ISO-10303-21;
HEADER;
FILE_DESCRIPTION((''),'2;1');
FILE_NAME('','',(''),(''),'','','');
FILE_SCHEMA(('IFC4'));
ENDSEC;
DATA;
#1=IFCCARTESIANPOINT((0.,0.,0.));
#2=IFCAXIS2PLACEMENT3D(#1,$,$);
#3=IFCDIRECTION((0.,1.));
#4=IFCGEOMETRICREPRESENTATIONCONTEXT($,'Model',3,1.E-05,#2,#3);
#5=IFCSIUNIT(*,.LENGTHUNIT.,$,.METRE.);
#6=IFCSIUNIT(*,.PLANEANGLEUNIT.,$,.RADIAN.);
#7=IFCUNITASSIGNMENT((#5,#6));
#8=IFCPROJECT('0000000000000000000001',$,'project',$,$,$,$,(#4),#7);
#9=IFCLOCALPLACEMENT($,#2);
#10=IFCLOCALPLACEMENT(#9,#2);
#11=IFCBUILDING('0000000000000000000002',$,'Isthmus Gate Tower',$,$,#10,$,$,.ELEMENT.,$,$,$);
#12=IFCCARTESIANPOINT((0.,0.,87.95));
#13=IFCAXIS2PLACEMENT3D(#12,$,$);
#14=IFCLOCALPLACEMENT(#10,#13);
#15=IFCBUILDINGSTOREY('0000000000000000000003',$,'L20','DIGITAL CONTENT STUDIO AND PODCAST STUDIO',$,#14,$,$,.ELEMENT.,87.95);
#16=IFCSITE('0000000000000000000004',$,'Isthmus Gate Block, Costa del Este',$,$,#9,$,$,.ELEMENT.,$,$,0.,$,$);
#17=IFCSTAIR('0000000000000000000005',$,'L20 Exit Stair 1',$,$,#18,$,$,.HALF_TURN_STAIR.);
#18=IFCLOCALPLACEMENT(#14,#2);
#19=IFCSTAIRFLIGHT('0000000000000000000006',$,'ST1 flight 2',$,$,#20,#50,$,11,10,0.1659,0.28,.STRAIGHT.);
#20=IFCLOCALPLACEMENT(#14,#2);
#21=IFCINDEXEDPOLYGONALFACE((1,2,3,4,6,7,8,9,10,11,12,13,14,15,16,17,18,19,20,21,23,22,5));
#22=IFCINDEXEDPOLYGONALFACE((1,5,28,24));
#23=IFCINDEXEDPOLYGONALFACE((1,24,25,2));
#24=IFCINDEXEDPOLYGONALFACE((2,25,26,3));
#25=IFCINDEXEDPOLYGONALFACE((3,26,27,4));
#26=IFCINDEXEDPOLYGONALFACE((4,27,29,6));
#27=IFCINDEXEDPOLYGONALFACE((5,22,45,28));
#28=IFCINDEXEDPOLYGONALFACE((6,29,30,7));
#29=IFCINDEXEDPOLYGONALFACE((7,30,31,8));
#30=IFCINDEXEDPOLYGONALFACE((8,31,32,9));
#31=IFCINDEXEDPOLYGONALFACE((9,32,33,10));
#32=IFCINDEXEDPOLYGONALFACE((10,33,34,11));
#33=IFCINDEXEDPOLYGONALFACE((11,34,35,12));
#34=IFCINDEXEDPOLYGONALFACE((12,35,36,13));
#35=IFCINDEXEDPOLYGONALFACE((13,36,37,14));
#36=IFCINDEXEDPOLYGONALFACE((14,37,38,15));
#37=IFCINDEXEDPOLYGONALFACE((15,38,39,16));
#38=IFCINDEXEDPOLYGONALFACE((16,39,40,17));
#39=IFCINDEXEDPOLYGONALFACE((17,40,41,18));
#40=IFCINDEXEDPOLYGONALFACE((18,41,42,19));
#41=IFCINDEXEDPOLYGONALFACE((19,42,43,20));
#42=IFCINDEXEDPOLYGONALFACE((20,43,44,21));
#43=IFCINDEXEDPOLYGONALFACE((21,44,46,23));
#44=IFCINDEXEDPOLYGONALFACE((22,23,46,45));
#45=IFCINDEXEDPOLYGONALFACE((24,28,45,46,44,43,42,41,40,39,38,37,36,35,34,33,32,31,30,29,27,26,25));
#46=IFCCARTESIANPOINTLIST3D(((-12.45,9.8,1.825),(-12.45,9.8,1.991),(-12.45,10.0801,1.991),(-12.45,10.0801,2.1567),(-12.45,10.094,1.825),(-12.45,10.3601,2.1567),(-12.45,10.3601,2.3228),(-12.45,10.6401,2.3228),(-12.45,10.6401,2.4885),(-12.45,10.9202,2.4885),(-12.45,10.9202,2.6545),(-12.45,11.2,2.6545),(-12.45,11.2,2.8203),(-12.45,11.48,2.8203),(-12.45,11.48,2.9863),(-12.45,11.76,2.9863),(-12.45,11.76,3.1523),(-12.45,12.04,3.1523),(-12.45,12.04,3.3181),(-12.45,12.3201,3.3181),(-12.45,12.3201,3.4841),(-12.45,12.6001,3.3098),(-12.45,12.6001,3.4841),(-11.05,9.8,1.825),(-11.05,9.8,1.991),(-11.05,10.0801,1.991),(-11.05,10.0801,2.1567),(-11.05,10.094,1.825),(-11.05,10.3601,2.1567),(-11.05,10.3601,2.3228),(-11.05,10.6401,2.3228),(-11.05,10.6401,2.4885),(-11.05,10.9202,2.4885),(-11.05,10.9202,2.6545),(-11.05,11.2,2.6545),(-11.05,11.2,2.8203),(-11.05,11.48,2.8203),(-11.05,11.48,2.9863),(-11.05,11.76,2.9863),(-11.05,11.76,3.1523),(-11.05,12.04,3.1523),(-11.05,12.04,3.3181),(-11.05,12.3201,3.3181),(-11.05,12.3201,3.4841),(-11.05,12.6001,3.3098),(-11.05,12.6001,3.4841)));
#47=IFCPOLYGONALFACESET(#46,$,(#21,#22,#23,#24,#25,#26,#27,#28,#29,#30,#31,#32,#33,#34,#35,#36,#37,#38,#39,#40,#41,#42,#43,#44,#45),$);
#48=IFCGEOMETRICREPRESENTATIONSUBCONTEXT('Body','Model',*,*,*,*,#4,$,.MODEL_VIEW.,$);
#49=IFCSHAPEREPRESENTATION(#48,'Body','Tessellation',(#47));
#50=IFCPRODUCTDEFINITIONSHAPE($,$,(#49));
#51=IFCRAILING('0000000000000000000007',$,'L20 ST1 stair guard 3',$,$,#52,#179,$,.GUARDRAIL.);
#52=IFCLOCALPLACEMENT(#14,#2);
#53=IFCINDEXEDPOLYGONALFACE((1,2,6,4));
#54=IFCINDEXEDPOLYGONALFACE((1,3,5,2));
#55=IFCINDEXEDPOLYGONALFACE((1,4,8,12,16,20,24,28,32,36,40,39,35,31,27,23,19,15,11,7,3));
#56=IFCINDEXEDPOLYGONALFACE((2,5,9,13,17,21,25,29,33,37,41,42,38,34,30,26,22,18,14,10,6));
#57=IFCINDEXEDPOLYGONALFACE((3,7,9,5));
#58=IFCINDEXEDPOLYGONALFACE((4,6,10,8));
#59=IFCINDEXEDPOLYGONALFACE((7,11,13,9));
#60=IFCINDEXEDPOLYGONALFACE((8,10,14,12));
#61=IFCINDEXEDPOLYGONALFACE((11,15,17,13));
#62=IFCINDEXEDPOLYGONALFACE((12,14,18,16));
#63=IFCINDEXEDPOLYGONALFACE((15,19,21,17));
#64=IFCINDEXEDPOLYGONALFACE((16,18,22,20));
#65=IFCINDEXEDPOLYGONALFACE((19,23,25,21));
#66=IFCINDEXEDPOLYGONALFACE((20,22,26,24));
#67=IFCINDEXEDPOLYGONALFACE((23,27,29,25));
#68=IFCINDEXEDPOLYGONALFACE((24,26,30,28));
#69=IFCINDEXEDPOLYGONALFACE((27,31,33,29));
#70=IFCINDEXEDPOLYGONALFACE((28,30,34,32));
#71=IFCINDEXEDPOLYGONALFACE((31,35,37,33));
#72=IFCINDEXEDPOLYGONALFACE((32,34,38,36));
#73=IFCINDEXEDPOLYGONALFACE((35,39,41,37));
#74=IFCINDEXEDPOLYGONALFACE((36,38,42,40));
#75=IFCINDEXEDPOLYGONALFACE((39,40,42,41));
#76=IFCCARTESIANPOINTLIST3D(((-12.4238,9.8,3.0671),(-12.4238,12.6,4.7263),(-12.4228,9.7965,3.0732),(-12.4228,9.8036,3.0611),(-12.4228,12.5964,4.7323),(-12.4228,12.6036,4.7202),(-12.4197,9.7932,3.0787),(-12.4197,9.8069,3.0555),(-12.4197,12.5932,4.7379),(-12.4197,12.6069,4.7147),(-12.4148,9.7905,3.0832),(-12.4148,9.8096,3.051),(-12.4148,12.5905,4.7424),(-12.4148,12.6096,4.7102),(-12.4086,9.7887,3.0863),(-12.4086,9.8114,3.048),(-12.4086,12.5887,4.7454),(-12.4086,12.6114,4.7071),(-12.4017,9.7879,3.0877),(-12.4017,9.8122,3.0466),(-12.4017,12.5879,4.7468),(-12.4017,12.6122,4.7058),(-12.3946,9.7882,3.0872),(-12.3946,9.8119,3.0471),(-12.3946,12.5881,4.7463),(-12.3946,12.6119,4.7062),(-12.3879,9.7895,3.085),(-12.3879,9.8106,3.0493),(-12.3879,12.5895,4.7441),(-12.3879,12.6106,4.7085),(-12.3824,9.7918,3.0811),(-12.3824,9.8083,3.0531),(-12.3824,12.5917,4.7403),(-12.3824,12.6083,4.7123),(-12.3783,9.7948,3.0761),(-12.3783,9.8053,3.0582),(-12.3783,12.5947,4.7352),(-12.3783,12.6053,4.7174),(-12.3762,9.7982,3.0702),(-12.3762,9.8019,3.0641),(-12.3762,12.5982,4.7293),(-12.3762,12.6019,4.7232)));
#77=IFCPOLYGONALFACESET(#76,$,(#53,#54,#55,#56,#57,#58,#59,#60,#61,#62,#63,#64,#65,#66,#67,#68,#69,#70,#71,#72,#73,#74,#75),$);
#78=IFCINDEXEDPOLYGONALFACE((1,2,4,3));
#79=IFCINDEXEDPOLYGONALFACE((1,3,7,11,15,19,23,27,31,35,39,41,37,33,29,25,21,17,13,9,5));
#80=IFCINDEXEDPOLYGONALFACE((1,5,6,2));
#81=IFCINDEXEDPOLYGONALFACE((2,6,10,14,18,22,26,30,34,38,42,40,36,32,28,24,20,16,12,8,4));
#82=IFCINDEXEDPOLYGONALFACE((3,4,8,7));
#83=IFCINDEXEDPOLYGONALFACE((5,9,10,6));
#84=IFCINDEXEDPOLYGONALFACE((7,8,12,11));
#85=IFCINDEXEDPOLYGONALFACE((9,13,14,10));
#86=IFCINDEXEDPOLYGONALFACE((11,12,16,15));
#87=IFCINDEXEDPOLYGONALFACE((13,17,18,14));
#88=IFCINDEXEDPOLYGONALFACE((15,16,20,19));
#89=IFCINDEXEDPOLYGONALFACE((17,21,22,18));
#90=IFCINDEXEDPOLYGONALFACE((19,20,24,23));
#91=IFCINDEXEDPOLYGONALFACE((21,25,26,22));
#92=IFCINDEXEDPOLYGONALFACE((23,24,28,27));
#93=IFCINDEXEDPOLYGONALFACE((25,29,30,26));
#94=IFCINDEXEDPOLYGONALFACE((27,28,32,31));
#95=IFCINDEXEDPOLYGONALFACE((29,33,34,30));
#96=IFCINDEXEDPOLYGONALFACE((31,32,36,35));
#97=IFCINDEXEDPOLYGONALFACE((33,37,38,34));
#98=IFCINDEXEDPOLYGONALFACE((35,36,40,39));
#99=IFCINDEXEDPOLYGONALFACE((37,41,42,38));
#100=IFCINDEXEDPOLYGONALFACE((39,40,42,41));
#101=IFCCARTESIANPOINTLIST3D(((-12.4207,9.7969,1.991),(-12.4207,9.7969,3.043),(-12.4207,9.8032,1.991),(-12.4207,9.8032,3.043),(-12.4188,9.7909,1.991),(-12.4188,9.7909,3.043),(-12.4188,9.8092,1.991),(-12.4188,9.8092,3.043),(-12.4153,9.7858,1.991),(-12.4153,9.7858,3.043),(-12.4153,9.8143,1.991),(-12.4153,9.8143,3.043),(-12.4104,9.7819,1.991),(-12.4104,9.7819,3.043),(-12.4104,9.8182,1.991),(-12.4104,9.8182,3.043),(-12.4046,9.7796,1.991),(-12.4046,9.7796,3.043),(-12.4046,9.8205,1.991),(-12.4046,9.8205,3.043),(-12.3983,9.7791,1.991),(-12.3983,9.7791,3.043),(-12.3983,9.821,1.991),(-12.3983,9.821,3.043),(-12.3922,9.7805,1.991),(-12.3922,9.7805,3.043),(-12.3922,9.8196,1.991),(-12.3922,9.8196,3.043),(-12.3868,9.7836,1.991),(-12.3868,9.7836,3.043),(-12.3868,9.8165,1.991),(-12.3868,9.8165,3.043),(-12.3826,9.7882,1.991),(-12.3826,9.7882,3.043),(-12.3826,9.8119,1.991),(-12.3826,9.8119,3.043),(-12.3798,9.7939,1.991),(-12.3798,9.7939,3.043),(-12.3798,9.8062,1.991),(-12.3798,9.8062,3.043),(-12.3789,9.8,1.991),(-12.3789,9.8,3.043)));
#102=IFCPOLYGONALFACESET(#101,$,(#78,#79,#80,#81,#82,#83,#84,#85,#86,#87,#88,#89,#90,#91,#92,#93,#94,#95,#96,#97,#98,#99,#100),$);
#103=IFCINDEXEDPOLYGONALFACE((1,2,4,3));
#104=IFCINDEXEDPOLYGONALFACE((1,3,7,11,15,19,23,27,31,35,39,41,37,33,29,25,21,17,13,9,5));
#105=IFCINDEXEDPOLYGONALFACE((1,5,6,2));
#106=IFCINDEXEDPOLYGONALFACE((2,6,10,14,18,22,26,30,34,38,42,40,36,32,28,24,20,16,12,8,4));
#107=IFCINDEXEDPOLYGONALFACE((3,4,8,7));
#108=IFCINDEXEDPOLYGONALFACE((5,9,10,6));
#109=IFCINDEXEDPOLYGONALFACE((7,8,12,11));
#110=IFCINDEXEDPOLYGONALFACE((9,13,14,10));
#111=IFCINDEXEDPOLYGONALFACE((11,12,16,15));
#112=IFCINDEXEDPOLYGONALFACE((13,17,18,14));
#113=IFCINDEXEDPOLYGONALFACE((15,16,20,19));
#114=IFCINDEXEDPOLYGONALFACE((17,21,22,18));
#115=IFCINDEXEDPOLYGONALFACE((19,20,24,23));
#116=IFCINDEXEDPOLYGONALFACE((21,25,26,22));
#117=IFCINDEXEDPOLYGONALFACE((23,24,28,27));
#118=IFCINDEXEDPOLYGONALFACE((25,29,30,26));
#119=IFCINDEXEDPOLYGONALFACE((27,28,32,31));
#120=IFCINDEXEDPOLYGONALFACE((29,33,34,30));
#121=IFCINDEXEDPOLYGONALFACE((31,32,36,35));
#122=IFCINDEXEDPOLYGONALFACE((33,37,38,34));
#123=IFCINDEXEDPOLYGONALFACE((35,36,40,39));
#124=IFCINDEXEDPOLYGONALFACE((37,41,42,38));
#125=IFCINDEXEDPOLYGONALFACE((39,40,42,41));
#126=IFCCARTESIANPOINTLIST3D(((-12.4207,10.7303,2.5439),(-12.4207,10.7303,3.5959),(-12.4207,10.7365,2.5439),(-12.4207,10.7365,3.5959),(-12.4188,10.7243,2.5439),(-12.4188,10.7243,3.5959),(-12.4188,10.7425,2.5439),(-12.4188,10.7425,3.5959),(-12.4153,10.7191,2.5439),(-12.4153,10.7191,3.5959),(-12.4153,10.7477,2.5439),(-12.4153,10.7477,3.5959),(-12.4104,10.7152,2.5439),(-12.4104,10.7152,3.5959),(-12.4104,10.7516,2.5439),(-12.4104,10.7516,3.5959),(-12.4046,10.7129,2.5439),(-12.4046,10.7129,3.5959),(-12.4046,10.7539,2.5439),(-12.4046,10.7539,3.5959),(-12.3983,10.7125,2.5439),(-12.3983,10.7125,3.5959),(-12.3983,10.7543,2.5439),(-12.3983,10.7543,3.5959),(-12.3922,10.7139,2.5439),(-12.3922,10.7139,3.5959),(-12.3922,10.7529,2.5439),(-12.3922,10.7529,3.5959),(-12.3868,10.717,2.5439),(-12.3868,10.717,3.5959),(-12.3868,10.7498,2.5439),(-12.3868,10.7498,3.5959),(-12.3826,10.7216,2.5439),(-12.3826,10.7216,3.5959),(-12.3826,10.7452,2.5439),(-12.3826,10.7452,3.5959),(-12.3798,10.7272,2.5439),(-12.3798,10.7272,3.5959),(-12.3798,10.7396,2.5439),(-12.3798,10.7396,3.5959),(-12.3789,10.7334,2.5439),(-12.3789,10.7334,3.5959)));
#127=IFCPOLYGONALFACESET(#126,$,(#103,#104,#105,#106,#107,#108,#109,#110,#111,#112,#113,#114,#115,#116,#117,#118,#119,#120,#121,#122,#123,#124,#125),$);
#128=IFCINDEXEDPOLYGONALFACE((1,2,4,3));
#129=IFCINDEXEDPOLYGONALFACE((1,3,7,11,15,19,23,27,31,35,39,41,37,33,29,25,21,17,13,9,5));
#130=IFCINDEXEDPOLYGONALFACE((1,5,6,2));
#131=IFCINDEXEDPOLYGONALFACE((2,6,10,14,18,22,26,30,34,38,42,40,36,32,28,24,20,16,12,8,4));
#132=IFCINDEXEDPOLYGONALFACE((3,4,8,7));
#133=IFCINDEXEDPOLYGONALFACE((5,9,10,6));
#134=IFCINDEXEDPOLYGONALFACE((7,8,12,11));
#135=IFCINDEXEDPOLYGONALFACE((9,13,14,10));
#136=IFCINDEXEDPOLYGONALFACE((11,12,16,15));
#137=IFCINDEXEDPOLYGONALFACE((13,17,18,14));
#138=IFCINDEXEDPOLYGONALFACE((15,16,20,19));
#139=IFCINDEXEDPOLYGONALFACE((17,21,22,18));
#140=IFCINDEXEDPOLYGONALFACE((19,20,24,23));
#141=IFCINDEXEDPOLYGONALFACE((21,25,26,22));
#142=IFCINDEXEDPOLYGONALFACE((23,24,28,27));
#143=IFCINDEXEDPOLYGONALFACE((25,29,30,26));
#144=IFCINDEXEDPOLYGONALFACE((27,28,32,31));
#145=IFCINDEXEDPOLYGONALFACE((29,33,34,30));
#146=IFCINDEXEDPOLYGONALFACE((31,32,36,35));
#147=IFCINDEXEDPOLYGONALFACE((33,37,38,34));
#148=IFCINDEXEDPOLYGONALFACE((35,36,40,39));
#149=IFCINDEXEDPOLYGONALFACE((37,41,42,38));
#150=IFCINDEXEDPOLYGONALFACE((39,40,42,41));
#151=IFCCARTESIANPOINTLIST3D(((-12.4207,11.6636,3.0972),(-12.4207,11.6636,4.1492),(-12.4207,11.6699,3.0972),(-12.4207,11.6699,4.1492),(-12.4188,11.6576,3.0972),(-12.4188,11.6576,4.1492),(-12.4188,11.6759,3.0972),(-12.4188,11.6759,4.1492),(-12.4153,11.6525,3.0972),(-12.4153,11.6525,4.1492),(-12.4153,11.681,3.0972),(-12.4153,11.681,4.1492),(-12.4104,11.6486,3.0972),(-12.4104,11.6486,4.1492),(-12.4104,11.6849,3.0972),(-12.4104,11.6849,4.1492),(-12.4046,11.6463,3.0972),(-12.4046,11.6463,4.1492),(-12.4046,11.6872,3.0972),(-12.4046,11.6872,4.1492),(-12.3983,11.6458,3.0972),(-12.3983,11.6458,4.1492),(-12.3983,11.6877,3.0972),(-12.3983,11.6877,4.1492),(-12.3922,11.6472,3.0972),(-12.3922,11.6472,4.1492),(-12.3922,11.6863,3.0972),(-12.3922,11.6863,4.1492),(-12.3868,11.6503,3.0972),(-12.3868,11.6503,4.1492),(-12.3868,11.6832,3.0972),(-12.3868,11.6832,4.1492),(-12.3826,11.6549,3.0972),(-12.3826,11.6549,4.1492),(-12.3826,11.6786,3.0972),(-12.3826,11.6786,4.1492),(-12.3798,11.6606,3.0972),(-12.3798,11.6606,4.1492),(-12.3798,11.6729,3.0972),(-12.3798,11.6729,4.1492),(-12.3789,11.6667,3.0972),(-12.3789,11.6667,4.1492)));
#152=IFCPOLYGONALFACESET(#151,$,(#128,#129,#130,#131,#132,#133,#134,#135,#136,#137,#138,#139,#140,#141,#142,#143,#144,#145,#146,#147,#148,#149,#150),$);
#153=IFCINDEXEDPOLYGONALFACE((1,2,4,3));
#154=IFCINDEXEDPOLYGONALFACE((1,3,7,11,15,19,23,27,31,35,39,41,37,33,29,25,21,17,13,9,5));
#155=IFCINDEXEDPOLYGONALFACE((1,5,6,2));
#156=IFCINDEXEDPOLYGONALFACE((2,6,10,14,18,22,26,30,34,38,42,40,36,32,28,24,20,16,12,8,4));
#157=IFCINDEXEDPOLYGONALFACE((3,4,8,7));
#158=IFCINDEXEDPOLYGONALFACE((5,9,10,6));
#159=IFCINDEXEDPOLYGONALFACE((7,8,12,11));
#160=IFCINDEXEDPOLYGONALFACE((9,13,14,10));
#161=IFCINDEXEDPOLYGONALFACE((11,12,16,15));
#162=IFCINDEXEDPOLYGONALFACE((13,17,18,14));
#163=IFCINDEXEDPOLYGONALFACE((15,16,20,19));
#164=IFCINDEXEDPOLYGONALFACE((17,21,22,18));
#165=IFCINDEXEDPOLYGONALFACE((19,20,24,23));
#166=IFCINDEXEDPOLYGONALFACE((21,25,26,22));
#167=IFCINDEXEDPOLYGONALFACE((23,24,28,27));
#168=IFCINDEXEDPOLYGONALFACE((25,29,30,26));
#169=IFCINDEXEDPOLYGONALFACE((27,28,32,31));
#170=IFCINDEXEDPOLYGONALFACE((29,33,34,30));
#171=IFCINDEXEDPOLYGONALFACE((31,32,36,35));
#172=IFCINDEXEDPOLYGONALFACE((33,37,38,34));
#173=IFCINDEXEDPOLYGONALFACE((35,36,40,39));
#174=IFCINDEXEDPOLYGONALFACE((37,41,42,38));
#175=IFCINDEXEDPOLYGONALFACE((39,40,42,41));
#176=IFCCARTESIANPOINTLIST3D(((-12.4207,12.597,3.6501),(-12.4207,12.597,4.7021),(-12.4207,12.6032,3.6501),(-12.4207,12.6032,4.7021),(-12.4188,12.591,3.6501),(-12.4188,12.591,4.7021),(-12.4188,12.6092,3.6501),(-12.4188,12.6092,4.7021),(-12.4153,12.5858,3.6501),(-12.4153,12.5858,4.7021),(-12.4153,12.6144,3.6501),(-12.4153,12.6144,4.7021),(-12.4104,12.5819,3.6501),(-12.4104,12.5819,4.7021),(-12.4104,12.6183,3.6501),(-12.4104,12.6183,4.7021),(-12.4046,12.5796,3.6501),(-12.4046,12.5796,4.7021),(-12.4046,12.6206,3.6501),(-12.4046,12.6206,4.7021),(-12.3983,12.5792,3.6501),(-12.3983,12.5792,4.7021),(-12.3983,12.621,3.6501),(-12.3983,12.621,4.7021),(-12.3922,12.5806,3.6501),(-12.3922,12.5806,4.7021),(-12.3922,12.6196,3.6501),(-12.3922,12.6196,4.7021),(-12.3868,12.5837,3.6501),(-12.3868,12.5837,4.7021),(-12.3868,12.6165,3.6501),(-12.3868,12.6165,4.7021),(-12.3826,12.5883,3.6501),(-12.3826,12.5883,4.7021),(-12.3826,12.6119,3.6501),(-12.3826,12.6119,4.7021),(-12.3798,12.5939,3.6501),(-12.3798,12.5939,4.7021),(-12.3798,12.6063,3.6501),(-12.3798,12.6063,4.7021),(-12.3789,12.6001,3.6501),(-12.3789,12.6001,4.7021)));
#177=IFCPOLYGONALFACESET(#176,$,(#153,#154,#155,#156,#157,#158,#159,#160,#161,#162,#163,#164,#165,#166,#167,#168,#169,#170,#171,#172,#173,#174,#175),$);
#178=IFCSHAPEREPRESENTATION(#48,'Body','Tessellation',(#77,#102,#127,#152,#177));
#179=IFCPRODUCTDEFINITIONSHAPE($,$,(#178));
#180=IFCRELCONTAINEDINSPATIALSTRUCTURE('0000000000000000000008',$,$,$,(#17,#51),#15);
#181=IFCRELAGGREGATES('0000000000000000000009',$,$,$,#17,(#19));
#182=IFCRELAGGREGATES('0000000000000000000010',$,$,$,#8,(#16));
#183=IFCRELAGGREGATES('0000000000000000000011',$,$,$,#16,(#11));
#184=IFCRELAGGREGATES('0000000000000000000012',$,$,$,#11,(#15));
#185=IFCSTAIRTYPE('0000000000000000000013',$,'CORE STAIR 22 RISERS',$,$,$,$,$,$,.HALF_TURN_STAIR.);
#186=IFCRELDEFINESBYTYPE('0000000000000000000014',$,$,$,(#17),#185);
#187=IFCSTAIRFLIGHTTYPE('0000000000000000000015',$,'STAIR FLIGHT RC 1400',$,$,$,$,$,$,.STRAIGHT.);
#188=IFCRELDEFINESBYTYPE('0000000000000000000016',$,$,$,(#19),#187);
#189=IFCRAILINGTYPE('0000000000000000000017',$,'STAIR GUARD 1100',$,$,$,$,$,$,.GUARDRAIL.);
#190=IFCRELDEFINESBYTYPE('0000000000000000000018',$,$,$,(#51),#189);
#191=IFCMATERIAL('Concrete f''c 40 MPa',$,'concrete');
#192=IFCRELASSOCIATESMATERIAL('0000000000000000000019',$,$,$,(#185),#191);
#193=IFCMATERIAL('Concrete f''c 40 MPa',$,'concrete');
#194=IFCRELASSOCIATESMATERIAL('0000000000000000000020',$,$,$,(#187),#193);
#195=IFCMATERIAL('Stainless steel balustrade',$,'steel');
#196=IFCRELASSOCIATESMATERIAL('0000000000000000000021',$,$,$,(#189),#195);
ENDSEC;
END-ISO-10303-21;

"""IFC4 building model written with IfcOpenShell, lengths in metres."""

from ifc_helpers import new_model, si_unit, direction, frame, origin, origin_2d, place, context, subcontext, project, spatial, polyline, circle, outline, extrude, material, type_object, element, aggregate, save


model = new_model("IFC4")

# Units and contexts
model_context = context("Model", 3, precision=1e-05, world=origin(), true_north=direction((0.0, 1.0)))
body_context = subcontext(model_context, "Body", "Model", "MODEL_VIEW")
ifc_project = project(units=[si_unit("LENGTHUNIT", "METRE"), si_unit("PLANEANGLEUNIT", "RADIAN")], contexts=[model_context])

# Site, building, storey
site_placement = place(None, origin())
site = spatial("IfcSite", under=ifc_project, at=site_placement, Name="Isthmus Gate Block, Costa del Este", CompositionType="ELEMENT", RefElevation=0.0)
building_placement = place(site_placement, origin())
building = spatial("IfcBuilding", under=site, at=building_placement, Name="Isthmus Gate Tower", CompositionType="ELEMENT")
storey_placement = place(building_placement, frame((0.0, 0.0, 87.95)))
storey = spatial("IfcBuildingStorey", under=building, at=storey_placement, Name="L20", Description="DIGITAL CONTENT STUDIO AND PODCAST STUDIO", CompositionType="ELEMENT", Elevation=87.95)

# Stair, stair flight
ifc_material_1 = material(Name="Concrete f'c 40 MPa", Category="concrete")
stair_type = type_object("IfcStairType", Name="CORE STAIR 22 RISERS", PredefinedType="HALF_TURN_STAIR", material=ifc_material_1)
stair_placement = place(storey_placement, origin())
stair = element("IfcStair", 1, at=stair_placement, inside=storey, type_object=stair_type, Name="L20 Exit Stair 1", PredefinedType="HALF_TURN_STAIR")
ifc_material_2 = material(Name="Concrete f'c 40 MPa", Category="concrete")
stair_flight_type = type_object("IfcStairFlightType", Name="STAIR FLIGHT RC 1400", PredefinedType="STRAIGHT", material=ifc_material_2)
stair_flight_placement = place(storey_placement, frame((-11.75, 9.8, 1.825), z_axis=(0.0, 0.0, 1.0), x_axis=(0.0, 1.0, 0.0)))
stair_flight = element("IfcStairFlight", 2, at=stair_flight_placement, type_object=stair_flight_type, Name="ST1 flight 2", NumberOfRisers=11, NumberOfTreads=10, PredefinedType="STRAIGHT", RiserHeight=0.1659, TreadLength=0.28, context=body_context, shape_type="SweptSolid", body=[
    extrude(outline(polyline([(0.0, 0.0), (0.0, 0.166), (0.28, 0.166), (0.28, 0.3318), (0.5601, 0.3318), (0.5601, 0.4978), (0.8401, 0.4978), (0.8401, 0.6636), (1.1201, 0.6636), (1.1201, 0.8296), (1.3999, 0.8296), (1.3999, 0.9954), (1.6799, 0.9954), (1.6799, 1.1614), (1.96, 1.1614), (1.96, 1.3274), (2.24, 1.3274), (2.24, 1.4932), (2.52, 1.4932), (2.52, 1.6592), (2.8, 1.6592), (2.8, 1.825), (2.8, 1.4849), (0.2939, 0.0), (0.0, 0.0)])), frame((0.0, 0.7, 0.0), z_axis=(0.0, -1.0, 0.0), x_axis=(1.0, 0.0, 0.0)), (0.0, 0.0, 1.0), 1.3999),
])
aggregate(stair, [stair_flight])

# Railing
ifc_material_3 = material(Name="Stainless steel balustrade", Category="steel")
railing_type_1 = type_object("IfcRailingType", Name="STAIR GUARD 1100", PredefinedType="GUARDRAIL", material=ifc_material_3)
railing_1_placement = place(storey_placement, frame((-12.3999, 9.8, 1.991)))
element("IfcRailing", 3, at=railing_1_placement, inside=storey, type_object=railing_type_1, Name="L20 ST1 stair guard 3", PredefinedType="GUARDRAIL", context=body_context, shape_type="SweptSolid", body=[
    extrude(circle(Radius=0.0239, at=origin_2d()), frame((0.0, 0.0, 1.0762), z_axis=(0.0, 0.860306, 0.509778), x_axis=(-1.0, 0.0, 0.0)), (0.0, 0.0, 1.0), 3.2546),
    extrude(circle(Radius=0.021, at=origin_2d()), origin(), (0.0, 0.0, 1.0), 1.052),
    extrude(circle(Radius=0.021, at=origin_2d()), frame((0.0, 0.9333, 0.553)), (0.0, 0.0, 1.0), 1.052),
    extrude(circle(Radius=0.021, at=origin_2d()), frame((0.0, 1.8667, 1.1062)), (0.0, 0.0, 1.0), 1.052),
    extrude(circle(Radius=0.021, at=origin_2d()), frame((0.0, 2.8, 1.6592)), (0.0, 0.0, 1.0), 1.052),
])

save(model, "model.ifc")
